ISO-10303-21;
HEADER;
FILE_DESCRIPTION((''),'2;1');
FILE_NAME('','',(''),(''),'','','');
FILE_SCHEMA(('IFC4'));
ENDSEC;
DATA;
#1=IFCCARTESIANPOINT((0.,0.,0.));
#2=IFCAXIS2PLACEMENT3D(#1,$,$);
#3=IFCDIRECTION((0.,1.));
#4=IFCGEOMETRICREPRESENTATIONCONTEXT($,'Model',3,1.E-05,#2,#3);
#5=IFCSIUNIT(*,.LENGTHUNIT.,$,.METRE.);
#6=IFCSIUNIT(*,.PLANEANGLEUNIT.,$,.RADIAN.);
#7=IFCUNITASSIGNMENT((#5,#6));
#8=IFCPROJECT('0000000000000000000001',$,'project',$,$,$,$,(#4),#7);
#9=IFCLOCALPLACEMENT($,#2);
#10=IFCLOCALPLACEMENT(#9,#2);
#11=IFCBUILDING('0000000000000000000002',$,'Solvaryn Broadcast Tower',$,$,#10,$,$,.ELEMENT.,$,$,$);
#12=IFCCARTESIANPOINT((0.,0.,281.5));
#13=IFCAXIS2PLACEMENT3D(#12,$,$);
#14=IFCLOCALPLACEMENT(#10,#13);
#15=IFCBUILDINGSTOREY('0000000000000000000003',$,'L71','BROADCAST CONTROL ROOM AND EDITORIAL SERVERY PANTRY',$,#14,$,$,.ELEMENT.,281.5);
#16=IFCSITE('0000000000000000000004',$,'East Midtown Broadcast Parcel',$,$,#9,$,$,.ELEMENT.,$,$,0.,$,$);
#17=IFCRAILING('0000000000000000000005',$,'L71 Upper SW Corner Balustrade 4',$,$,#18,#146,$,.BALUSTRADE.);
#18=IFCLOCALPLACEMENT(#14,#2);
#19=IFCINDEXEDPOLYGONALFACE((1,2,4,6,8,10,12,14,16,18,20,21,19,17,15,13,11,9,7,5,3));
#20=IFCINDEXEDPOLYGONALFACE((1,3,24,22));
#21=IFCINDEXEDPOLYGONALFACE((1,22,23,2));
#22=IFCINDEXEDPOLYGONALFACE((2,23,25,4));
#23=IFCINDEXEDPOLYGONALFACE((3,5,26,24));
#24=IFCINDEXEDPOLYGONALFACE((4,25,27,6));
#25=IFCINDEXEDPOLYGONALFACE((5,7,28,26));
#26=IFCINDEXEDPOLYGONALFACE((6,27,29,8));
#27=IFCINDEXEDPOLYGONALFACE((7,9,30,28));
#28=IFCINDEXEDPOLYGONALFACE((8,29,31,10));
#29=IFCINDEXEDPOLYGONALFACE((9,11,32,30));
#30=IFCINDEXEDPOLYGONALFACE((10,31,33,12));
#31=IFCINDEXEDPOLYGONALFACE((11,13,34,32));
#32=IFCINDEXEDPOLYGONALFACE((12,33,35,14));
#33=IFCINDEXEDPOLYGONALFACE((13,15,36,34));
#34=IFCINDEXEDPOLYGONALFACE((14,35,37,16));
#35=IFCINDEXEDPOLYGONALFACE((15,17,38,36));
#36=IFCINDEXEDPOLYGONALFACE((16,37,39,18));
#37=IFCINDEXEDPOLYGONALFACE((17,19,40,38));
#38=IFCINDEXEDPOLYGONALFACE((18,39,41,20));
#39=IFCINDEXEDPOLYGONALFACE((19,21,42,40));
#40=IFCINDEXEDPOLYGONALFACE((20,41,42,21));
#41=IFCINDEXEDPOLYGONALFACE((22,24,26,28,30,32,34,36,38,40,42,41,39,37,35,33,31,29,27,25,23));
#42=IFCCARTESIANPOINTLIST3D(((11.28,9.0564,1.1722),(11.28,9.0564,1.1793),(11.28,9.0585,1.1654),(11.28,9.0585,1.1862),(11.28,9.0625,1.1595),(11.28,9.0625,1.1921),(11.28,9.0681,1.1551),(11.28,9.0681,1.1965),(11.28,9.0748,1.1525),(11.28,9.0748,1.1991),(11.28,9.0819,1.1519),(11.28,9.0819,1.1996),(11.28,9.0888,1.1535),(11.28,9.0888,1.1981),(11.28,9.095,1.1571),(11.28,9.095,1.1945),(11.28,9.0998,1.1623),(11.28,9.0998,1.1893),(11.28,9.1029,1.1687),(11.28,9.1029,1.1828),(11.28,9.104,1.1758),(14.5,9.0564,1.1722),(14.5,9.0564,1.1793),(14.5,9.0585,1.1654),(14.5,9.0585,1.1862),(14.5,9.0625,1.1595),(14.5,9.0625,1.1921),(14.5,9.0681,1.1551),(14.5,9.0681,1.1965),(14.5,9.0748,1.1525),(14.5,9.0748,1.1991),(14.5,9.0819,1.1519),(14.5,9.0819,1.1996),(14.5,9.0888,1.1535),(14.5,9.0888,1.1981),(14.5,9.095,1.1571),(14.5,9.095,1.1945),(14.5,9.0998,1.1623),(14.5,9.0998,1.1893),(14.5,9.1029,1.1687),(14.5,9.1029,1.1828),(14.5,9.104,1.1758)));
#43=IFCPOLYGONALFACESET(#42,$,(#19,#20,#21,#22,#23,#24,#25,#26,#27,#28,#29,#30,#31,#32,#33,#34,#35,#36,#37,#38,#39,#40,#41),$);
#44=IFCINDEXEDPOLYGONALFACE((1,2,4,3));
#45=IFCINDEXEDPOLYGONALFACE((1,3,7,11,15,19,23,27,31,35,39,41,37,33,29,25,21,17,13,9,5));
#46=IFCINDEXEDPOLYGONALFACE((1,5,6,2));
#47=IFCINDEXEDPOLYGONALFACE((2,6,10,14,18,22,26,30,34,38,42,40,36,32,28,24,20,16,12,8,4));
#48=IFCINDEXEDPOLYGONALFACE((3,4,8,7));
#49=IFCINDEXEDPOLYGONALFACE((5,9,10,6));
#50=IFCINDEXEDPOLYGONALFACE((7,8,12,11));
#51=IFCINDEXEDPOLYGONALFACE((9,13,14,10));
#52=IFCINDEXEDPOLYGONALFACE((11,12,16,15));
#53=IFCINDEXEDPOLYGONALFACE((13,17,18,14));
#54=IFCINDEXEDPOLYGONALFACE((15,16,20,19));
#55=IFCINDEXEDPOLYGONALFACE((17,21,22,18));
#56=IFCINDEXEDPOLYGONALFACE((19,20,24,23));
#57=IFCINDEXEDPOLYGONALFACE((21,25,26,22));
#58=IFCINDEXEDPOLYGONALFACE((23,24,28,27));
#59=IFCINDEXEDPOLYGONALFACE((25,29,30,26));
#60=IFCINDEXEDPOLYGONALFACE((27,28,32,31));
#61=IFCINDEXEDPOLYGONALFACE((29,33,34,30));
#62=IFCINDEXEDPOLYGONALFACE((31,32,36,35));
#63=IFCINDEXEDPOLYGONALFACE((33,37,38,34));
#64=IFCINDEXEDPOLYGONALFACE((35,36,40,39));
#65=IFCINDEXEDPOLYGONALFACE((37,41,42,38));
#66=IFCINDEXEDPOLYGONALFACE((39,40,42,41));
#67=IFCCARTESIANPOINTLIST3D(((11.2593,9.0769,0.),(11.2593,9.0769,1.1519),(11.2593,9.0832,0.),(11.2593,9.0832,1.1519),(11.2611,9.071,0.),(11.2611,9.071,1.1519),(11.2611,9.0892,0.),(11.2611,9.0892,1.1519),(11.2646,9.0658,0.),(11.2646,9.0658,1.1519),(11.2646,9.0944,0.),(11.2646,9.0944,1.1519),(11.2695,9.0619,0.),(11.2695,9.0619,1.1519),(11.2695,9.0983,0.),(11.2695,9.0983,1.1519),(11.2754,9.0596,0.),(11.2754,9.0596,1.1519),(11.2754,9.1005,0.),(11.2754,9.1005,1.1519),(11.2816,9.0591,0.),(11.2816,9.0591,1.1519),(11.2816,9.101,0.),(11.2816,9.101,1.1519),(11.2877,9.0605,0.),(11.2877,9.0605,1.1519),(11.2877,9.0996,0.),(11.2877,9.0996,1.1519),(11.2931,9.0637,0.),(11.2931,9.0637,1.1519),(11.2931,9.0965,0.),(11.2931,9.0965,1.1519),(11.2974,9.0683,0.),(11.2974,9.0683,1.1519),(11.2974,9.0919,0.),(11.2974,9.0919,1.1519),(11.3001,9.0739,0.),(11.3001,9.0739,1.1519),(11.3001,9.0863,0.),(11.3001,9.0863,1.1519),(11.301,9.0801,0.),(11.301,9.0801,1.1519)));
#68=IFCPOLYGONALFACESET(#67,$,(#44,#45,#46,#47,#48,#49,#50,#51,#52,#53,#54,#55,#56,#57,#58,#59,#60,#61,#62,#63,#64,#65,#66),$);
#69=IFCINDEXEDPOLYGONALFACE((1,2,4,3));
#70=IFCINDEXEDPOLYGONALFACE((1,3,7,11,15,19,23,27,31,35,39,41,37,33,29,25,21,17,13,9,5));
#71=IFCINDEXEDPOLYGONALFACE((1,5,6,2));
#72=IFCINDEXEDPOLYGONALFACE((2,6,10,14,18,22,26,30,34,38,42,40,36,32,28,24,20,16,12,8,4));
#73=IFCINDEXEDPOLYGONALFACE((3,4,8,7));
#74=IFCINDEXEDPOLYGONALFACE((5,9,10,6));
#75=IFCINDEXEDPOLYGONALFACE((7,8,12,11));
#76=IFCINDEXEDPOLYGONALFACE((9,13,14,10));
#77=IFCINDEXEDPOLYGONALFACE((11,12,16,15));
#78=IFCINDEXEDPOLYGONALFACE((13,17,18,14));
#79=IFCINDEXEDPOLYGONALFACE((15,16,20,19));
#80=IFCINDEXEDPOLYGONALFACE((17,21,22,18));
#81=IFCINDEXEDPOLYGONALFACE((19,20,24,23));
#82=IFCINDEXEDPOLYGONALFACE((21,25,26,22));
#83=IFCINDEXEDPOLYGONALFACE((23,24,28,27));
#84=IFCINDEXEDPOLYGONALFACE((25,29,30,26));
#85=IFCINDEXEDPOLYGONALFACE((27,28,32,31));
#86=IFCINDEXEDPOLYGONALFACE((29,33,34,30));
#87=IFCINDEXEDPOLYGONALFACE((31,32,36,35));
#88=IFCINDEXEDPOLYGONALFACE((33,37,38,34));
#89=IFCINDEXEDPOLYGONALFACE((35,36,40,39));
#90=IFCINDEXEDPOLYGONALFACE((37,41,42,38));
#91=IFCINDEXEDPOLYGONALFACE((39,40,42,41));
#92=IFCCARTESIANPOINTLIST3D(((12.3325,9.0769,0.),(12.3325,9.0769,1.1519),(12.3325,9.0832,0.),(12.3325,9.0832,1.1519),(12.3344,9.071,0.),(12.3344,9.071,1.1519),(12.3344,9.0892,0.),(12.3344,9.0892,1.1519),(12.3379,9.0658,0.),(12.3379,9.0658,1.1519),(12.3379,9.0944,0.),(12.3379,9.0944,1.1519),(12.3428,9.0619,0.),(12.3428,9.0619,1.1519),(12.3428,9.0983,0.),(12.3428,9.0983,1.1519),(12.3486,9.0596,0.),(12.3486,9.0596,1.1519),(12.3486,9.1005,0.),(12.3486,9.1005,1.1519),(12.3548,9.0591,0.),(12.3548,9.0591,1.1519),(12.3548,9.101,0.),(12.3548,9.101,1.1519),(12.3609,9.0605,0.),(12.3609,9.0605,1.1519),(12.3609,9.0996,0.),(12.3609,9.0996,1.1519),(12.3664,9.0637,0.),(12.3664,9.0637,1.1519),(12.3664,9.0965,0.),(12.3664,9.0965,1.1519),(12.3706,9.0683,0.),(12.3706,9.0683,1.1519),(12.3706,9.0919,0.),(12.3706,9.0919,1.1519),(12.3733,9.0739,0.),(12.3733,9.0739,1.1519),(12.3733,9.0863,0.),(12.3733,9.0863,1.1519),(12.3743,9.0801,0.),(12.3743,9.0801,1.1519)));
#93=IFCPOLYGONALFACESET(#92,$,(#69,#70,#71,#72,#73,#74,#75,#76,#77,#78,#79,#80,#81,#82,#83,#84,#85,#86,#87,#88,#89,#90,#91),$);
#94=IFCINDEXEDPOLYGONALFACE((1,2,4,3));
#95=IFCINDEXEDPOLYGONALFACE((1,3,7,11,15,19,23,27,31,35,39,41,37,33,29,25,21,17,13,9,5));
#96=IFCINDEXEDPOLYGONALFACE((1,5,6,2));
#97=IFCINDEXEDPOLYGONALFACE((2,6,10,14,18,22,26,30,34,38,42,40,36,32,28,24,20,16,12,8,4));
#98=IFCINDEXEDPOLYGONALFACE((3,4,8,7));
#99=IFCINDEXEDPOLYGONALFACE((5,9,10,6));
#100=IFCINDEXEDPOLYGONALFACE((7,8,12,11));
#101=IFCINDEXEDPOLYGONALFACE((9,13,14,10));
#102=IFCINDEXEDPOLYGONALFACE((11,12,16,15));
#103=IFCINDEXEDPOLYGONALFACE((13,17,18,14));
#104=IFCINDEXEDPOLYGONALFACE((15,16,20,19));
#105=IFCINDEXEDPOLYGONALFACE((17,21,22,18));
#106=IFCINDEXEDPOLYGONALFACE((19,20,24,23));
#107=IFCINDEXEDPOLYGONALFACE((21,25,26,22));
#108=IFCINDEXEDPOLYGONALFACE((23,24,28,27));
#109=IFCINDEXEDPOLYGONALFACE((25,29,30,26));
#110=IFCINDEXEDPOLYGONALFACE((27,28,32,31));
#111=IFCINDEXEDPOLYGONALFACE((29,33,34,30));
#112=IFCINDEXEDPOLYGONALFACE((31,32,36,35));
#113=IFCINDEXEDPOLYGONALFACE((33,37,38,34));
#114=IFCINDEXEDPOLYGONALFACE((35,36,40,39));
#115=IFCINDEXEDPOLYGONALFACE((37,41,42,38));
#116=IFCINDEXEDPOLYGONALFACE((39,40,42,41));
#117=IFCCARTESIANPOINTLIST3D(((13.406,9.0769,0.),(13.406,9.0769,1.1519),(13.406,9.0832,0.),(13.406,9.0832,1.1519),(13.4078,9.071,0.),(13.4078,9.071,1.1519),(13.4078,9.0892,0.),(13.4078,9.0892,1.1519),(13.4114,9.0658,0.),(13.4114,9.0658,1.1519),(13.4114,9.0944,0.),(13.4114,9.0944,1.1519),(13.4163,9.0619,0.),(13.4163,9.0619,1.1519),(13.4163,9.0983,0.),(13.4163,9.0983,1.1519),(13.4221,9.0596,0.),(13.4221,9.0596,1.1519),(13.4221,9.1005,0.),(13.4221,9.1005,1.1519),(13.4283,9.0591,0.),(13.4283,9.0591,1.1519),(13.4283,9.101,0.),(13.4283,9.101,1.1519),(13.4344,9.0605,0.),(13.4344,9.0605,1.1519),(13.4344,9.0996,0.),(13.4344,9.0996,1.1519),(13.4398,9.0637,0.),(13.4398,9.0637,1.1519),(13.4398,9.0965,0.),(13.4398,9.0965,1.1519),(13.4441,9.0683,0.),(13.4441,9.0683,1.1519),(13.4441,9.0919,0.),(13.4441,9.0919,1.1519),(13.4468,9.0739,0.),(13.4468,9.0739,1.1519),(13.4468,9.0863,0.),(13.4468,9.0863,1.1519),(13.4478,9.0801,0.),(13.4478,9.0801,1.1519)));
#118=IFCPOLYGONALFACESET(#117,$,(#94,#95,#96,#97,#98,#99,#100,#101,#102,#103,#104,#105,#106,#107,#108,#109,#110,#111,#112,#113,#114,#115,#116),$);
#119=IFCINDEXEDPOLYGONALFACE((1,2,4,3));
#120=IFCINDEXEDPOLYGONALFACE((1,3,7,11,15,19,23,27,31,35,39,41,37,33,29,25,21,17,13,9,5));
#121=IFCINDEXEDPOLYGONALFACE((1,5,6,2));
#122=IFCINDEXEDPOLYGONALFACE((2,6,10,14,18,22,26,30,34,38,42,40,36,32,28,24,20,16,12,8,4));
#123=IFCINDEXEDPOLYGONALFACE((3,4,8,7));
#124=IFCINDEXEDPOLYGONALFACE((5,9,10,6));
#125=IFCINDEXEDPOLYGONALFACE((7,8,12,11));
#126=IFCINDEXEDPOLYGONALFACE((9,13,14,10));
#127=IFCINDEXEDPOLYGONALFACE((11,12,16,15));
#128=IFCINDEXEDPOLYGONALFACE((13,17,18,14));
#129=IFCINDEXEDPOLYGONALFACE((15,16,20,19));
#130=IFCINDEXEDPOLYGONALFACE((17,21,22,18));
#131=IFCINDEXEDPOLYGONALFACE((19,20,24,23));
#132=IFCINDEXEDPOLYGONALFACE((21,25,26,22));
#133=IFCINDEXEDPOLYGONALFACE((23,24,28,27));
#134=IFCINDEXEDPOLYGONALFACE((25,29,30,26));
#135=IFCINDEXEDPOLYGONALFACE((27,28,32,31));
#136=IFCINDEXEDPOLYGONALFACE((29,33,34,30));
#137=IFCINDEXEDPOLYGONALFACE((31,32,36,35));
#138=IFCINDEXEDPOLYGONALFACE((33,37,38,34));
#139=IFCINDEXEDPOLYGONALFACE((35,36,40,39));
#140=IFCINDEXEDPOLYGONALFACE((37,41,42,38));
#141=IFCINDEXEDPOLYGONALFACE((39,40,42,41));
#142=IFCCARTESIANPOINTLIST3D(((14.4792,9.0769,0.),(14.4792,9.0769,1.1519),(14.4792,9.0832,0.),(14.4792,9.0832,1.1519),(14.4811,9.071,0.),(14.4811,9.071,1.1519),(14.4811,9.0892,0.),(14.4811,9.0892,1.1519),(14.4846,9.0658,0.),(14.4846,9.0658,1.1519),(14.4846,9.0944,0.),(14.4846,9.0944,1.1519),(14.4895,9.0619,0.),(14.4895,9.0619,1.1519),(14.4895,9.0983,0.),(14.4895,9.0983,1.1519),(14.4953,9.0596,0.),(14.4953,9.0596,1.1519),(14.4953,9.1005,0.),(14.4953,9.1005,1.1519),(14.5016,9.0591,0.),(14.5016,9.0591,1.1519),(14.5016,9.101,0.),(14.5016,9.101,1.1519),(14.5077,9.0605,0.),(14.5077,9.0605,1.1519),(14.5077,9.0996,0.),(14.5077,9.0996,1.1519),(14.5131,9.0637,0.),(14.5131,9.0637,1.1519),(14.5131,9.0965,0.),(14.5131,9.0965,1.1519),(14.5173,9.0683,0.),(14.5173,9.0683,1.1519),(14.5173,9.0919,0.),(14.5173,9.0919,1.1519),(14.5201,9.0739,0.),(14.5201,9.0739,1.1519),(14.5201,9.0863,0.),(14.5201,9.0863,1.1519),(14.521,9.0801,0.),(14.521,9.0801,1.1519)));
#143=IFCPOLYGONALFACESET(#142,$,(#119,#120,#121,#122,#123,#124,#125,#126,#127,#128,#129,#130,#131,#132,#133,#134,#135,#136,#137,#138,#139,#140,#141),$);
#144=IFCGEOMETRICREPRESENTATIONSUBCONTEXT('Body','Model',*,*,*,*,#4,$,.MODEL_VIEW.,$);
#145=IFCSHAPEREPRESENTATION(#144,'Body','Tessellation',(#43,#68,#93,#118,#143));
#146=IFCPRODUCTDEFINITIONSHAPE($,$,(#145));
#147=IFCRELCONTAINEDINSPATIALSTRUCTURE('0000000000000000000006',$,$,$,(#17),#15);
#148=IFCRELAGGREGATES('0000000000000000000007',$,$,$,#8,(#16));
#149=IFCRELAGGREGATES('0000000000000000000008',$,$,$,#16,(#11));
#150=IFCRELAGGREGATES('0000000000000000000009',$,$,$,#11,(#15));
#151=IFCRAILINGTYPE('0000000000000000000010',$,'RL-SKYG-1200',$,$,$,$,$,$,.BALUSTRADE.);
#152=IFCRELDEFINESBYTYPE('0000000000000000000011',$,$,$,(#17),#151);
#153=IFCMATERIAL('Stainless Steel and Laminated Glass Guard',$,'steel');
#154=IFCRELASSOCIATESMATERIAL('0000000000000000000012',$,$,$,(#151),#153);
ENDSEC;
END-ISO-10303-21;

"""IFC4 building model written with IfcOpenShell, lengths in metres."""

from ifc_helpers import new_model, si_unit, direction, frame, origin, origin_2d, place, context, subcontext, project, spatial, circle, extrude, material, type_object, element, save


model = new_model("IFC4")

# Units and contexts
model_context = context("Model", 3, precision=1e-05, world=origin(), true_north=direction((0.0, 1.0)))
body_context = subcontext(model_context, "Body", "Model", "MODEL_VIEW")
ifc_project = project(units=[si_unit("LENGTHUNIT", "METRE"), si_unit("PLANEANGLEUNIT", "RADIAN")], contexts=[model_context])

# Site, building, storey
site_placement = place(None, origin())
site = spatial("IfcSite", under=ifc_project, at=site_placement, Name="East Midtown Broadcast Parcel", CompositionType="ELEMENT", RefElevation=0.0)
building_placement = place(site_placement, origin())
building = spatial("IfcBuilding", under=site, at=building_placement, Name="Solvaryn Broadcast Tower", CompositionType="ELEMENT")
storey_placement = place(building_placement, frame((0.0, 0.0, 281.5)))
storey = spatial("IfcBuildingStorey", under=building, at=storey_placement, Name="L71", Description="BROADCAST CONTROL ROOM AND EDITORIAL SERVERY PANTRY", CompositionType="ELEMENT", Elevation=281.5)

# Railing
ifc_material_1 = material(Name="Stainless Steel and Laminated Glass Guard", Category="steel")
railing_type = type_object("IfcRailingType", Name="RL-SKYG-1200", PredefinedType="BALUSTRADE", material=ifc_material_1)
railing_1_placement = place(storey_placement, frame((11.28, 9.0801, 0.0)))
element("IfcRailing", 1, at=railing_1_placement, inside=storey, type_object=railing_type, Name="L71 Upper SW Corner Balustrade 4", PredefinedType="BALUSTRADE", context=body_context, shape_type="SweptSolid", body=[
    extrude(circle(Radius=0.0239, at=origin_2d()), frame((0.0, 0.0, 1.1758), z_axis=(1.0, 0.0, 0.0), x_axis=(0.0, 1.0, 0.0)), (0.0, 0.0, 1.0), 3.22),
    extrude(circle(Radius=0.021, at=origin_2d()), origin(), (0.0, 0.0, 1.0), 1.1519),
    extrude(circle(Radius=0.021, at=origin_2d()), frame((1.0732, 0.0, 0.0)), (0.0, 0.0, 1.0), 1.1519),
    extrude(circle(Radius=0.021, at=origin_2d()), frame((2.1467, 0.0, 0.0)), (0.0, 0.0, 1.0), 1.1519),
    extrude(circle(Radius=0.021, at=origin_2d()), frame((3.22, 0.0, 0.0)), (0.0, 0.0, 1.0), 1.1519),
])

save(model, "model.ifc")
